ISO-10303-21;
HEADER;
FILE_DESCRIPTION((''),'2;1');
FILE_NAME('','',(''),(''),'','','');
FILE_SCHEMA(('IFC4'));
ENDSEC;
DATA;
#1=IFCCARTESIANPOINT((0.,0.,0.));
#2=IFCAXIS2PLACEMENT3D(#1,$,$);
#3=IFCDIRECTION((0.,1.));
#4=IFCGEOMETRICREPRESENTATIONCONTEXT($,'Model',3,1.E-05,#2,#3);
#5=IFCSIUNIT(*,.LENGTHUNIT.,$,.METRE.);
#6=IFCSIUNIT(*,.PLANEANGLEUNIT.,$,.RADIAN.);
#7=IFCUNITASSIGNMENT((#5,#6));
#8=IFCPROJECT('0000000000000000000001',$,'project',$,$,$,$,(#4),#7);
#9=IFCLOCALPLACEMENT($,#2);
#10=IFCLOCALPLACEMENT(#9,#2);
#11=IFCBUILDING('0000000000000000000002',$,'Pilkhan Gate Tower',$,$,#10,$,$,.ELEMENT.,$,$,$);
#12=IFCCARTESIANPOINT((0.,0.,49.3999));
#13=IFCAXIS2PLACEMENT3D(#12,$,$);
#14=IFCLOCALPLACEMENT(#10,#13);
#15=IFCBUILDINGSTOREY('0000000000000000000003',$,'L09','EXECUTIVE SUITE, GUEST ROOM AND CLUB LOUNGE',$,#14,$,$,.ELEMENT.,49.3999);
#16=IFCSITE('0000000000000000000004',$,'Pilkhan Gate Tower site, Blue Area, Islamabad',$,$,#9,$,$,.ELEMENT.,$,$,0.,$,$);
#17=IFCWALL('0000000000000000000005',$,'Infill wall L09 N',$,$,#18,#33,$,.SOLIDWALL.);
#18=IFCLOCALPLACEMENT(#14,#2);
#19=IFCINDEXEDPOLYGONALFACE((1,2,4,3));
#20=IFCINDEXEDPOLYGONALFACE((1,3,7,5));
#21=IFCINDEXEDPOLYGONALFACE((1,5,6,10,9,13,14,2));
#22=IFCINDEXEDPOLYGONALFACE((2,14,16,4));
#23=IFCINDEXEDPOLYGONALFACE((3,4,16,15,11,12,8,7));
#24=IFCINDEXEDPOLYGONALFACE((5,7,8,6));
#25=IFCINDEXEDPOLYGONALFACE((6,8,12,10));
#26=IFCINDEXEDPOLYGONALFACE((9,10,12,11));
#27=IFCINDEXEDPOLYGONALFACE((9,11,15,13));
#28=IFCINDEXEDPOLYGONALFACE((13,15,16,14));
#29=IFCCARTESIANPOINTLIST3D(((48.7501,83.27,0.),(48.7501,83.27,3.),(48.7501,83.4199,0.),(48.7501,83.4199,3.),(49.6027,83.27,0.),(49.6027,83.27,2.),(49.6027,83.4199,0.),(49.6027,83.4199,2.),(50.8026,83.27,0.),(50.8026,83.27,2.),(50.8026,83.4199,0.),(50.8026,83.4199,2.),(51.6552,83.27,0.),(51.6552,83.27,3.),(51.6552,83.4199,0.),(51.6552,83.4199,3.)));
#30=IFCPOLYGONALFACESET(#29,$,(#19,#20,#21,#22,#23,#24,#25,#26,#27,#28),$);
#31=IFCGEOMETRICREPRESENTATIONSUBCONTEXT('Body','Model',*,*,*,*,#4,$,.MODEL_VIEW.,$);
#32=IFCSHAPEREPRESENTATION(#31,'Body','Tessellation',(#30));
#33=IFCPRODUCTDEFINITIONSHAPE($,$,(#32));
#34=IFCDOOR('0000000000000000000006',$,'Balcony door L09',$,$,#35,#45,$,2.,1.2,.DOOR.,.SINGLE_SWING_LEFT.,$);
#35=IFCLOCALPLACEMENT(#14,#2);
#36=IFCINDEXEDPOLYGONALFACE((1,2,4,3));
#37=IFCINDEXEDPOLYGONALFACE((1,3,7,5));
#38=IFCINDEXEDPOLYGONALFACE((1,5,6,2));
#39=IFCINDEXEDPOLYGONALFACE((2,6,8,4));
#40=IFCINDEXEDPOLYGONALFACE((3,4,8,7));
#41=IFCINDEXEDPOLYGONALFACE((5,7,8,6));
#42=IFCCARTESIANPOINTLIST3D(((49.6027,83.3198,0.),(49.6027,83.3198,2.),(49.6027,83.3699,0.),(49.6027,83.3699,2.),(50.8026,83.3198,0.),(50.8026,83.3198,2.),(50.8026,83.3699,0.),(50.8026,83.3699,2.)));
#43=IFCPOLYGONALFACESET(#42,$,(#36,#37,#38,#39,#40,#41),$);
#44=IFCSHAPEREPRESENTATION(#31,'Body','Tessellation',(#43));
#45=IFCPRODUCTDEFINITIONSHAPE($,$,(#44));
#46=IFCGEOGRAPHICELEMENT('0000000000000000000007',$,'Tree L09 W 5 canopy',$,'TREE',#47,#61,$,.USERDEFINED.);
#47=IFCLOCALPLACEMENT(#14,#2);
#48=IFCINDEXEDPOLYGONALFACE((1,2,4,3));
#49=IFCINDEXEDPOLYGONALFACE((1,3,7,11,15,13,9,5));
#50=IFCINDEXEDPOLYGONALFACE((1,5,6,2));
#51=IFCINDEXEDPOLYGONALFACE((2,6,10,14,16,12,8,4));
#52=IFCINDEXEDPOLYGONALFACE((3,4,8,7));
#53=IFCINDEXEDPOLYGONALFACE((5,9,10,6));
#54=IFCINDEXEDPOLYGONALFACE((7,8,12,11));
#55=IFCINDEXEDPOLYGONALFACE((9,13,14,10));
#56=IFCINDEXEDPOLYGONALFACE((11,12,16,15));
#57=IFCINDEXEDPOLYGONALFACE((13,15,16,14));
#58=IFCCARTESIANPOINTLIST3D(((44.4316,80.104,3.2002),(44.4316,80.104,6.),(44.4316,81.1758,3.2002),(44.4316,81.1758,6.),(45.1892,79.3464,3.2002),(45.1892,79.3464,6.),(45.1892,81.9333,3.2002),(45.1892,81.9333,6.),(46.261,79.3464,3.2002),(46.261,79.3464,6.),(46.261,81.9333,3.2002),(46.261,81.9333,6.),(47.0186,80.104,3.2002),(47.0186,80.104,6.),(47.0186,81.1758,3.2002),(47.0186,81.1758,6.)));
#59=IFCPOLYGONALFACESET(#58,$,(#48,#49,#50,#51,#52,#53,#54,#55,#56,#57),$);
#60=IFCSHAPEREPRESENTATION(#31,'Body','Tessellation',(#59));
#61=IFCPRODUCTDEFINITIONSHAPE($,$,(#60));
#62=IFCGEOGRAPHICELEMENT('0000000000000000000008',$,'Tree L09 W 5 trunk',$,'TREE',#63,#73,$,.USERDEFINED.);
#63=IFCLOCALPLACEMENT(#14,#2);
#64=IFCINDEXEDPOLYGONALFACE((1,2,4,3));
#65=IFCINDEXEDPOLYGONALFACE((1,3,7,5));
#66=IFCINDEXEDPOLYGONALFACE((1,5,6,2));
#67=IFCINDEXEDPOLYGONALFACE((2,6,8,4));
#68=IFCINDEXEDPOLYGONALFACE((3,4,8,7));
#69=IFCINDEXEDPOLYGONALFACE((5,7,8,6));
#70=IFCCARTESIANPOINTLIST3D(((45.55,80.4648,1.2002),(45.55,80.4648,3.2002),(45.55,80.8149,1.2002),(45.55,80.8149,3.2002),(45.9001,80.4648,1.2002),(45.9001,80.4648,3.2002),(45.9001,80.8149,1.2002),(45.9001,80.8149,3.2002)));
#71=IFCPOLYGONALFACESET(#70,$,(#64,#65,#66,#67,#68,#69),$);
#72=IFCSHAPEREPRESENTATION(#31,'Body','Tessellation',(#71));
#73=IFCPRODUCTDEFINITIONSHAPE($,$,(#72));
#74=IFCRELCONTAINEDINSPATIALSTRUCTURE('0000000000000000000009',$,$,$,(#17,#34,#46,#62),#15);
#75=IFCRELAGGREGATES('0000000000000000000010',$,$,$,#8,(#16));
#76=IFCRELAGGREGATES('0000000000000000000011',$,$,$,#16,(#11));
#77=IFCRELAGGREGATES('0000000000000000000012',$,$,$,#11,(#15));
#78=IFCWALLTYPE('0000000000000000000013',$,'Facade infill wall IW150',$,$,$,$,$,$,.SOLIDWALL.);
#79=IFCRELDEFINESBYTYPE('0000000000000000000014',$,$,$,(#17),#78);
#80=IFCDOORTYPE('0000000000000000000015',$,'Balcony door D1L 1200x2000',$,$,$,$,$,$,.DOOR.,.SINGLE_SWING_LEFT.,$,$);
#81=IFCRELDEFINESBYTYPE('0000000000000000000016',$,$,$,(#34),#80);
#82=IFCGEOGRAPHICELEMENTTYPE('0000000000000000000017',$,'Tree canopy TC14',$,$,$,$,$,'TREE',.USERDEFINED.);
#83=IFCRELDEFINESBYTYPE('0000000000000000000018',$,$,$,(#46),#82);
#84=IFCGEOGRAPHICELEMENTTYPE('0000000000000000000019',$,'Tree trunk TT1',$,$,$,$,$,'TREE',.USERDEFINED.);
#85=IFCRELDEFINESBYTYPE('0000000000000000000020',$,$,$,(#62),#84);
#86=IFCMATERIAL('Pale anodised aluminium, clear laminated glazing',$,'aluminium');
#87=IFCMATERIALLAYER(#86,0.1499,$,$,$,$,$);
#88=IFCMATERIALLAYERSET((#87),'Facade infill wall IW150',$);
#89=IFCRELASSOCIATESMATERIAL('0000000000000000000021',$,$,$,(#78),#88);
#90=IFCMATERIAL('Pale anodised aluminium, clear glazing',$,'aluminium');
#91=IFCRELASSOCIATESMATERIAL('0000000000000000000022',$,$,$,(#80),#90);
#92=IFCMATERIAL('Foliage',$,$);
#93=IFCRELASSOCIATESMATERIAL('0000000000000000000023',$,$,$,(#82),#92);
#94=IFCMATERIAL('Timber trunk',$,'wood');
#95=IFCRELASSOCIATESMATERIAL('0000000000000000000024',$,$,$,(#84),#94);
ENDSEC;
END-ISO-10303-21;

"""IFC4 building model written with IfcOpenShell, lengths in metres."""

from ifc_helpers import new_model, si_unit, direction, frame, frame_2d, origin, origin_2d, place, context, subcontext, project, spatial, polyline, rectangle, outline, extrude, material, layer, layer_set, material_profile, profile_set, type_object, element, fill, save


model = new_model("IFC4")

# Units and contexts
model_context = context("Model", 3, precision=1e-05, world=origin(), true_north=direction((0.0, 1.0)))
body_context = subcontext(model_context, "Body", "Model", "MODEL_VIEW")
ifc_project = project(units=[si_unit("LENGTHUNIT", "METRE"), si_unit("PLANEANGLEUNIT", "RADIAN")], contexts=[model_context])

# Site, building, storey
site_placement = place(None, origin())
site = spatial("IfcSite", under=ifc_project, at=site_placement, Name="Pilkhan Gate Tower site, Blue Area, Islamabad", CompositionType="ELEMENT", RefElevation=0.0)
building_placement = place(site_placement, origin())
building = spatial("IfcBuilding", under=site, at=building_placement, Name="Pilkhan Gate Tower", CompositionType="ELEMENT")
storey_placement = place(building_placement, frame((0.0, 0.0, 49.3999)))
storey = spatial("IfcBuildingStorey", under=building, at=storey_placement, Name="L09", Description="EXECUTIVE SUITE, GUEST ROOM AND CLUB LOUNGE", CompositionType="ELEMENT", Elevation=49.3999)

# Wall, opening, door
ifc_material_1 = material(Name="Pale anodised aluminium, clear laminated glazing", Category="aluminium")
ifc_layer_1 = layer(ifc_material_1, 0.1499)
ifc_layer_set_1 = layer_set([ifc_layer_1], Name="Facade infill wall IW150")
wall_type_1 = type_object("IfcWallType", Name="Facade infill wall IW150", PredefinedType="SOLIDWALL", material=ifc_layer_set_1)
wall_1_placement = place(storey_placement, frame((48.75, 83.345, 0.0), z_axis=(0.0, 0.0, 1.0), x_axis=(1.0, 0.0, 0.0)))
wall_1 = element("IfcWall", 1, at=wall_1_placement, inside=storey, type_object=wall_type_1, Name="Infill wall L09 N", PredefinedType="SOLIDWALL", context=body_context, shape_type="SweptSolid", body=[
    extrude(rectangle(XDim=2.905, YDim=0.1499, at=frame_2d((1.4526, 0.0))), origin(), (0.0, 0.0, 1.0), 3.0),
])
opening_placement = place(wall_1_placement, frame((0.8525, 0.0, 0.0)))
opening = element("IfcOpeningElement", 2, at=opening_placement, cuts=wall_1, PredefinedType="OPENING", context=body_context, shape_type="SweptSolid", body=[
    extrude(rectangle(XDim=1.2, YDim=2.0, at=frame_2d((0.6001, 1.0))), frame((0.0, 0.085, 0.0), z_axis=(0.0, -1.0, 0.0), x_axis=(1.0, 0.0, 0.0)), (0.0, 0.0, 1.0), 0.1699),
])
ifc_material_2 = material(Name="Pale anodised aluminium, clear glazing", Category="aluminium")
door_type = type_object("IfcDoorType", Name="Balcony door D1L 1200x2000", OperationType="SINGLE_SWING_LEFT", PredefinedType="DOOR", material=ifc_material_2)
door_placement = place(opening_placement, origin())
door = element("IfcDoor", 3, at=door_placement, inside=storey, type_object=door_type, Name="Balcony door L09", OperationType="SINGLE_SWING_LEFT", OverallHeight=2.0, OverallWidth=1.2, PredefinedType="DOOR", context=body_context, shape_type="SweptSolid", body=[
    extrude(rectangle(XDim=1.2, YDim=2.0, at=frame_2d((0.6001, 1.0))), frame((0.0, 0.0249, 0.0), z_axis=(0.0, -1.0, 0.0), x_axis=(1.0, 0.0, 0.0)), (0.0, 0.0, 1.0), 0.05),
])
fill(opening, door)

# Geographic elements
ifc_material_3 = material(Name="Foliage")
ifc_material_profile_1 = material_profile(ifc_material_3, outline(polyline([(1.2935, 0.5359), (0.5359, 1.2935), (-0.5359, 1.2935), (-1.2935, 0.5359), (-1.2935, -0.5359), (-0.5359, -1.2935), (0.5359, -1.2935), (1.2935, -0.5359), (1.2935, 0.5359)])), Name="Canopy D2.8")
ifc_profile_set_1 = profile_set([ifc_material_profile_1], Name="Foliage")
geographic_element_type_1 = type_object("IfcGeographicElementType", Name="Tree canopy TC14", ElementType="TREE", PredefinedType="USERDEFINED", material=ifc_profile_set_1)
geographic_element_1_placement = place(storey_placement, frame((45.7251, 80.6399, 3.2002), z_axis=(0.0, 0.0, 1.0), x_axis=(1.0, 0.0, 0.0)))
element("IfcGeographicElement", 4, at=geographic_element_1_placement, inside=storey, type_object=geographic_element_type_1, Name="Tree L09 W 5 canopy", ObjectType="TREE", PredefinedType="USERDEFINED", context=body_context, shape_type="SweptSolid", body=[
    extrude(outline(polyline([(1.2935, 0.5359), (0.5359, 1.2935), (-0.5359, 1.2935), (-1.2935, 0.5359), (-1.2935, -0.5359), (-0.5359, -1.2935), (0.5359, -1.2935), (1.2935, -0.5359), (1.2935, 0.5359)])), origin(), (0.0, 0.0, 1.0), 2.7998),
])
ifc_material_4 = material(Name="Timber trunk", Category="wood")
geographic_element_type_2 = type_object("IfcGeographicElementType", Name="Tree trunk TT1", ElementType="TREE", PredefinedType="USERDEFINED", material=ifc_material_4)
geographic_element_2_placement = place(storey_placement, frame((45.7251, 80.6399, 1.2002), z_axis=(0.0, 0.0, 1.0), x_axis=(1.0, 0.0, 0.0)))
element("IfcGeographicElement", 5, at=geographic_element_2_placement, inside=storey, type_object=geographic_element_type_2, Name="Tree L09 W 5 trunk", ObjectType="TREE", PredefinedType="USERDEFINED", context=body_context, shape_type="SweptSolid", body=[
    extrude(rectangle(XDim=0.3501, YDim=0.3501, at=origin_2d()), origin(), (0.0, 0.0, 1.0), 2.0),
])

save(model, "model.ifc")
